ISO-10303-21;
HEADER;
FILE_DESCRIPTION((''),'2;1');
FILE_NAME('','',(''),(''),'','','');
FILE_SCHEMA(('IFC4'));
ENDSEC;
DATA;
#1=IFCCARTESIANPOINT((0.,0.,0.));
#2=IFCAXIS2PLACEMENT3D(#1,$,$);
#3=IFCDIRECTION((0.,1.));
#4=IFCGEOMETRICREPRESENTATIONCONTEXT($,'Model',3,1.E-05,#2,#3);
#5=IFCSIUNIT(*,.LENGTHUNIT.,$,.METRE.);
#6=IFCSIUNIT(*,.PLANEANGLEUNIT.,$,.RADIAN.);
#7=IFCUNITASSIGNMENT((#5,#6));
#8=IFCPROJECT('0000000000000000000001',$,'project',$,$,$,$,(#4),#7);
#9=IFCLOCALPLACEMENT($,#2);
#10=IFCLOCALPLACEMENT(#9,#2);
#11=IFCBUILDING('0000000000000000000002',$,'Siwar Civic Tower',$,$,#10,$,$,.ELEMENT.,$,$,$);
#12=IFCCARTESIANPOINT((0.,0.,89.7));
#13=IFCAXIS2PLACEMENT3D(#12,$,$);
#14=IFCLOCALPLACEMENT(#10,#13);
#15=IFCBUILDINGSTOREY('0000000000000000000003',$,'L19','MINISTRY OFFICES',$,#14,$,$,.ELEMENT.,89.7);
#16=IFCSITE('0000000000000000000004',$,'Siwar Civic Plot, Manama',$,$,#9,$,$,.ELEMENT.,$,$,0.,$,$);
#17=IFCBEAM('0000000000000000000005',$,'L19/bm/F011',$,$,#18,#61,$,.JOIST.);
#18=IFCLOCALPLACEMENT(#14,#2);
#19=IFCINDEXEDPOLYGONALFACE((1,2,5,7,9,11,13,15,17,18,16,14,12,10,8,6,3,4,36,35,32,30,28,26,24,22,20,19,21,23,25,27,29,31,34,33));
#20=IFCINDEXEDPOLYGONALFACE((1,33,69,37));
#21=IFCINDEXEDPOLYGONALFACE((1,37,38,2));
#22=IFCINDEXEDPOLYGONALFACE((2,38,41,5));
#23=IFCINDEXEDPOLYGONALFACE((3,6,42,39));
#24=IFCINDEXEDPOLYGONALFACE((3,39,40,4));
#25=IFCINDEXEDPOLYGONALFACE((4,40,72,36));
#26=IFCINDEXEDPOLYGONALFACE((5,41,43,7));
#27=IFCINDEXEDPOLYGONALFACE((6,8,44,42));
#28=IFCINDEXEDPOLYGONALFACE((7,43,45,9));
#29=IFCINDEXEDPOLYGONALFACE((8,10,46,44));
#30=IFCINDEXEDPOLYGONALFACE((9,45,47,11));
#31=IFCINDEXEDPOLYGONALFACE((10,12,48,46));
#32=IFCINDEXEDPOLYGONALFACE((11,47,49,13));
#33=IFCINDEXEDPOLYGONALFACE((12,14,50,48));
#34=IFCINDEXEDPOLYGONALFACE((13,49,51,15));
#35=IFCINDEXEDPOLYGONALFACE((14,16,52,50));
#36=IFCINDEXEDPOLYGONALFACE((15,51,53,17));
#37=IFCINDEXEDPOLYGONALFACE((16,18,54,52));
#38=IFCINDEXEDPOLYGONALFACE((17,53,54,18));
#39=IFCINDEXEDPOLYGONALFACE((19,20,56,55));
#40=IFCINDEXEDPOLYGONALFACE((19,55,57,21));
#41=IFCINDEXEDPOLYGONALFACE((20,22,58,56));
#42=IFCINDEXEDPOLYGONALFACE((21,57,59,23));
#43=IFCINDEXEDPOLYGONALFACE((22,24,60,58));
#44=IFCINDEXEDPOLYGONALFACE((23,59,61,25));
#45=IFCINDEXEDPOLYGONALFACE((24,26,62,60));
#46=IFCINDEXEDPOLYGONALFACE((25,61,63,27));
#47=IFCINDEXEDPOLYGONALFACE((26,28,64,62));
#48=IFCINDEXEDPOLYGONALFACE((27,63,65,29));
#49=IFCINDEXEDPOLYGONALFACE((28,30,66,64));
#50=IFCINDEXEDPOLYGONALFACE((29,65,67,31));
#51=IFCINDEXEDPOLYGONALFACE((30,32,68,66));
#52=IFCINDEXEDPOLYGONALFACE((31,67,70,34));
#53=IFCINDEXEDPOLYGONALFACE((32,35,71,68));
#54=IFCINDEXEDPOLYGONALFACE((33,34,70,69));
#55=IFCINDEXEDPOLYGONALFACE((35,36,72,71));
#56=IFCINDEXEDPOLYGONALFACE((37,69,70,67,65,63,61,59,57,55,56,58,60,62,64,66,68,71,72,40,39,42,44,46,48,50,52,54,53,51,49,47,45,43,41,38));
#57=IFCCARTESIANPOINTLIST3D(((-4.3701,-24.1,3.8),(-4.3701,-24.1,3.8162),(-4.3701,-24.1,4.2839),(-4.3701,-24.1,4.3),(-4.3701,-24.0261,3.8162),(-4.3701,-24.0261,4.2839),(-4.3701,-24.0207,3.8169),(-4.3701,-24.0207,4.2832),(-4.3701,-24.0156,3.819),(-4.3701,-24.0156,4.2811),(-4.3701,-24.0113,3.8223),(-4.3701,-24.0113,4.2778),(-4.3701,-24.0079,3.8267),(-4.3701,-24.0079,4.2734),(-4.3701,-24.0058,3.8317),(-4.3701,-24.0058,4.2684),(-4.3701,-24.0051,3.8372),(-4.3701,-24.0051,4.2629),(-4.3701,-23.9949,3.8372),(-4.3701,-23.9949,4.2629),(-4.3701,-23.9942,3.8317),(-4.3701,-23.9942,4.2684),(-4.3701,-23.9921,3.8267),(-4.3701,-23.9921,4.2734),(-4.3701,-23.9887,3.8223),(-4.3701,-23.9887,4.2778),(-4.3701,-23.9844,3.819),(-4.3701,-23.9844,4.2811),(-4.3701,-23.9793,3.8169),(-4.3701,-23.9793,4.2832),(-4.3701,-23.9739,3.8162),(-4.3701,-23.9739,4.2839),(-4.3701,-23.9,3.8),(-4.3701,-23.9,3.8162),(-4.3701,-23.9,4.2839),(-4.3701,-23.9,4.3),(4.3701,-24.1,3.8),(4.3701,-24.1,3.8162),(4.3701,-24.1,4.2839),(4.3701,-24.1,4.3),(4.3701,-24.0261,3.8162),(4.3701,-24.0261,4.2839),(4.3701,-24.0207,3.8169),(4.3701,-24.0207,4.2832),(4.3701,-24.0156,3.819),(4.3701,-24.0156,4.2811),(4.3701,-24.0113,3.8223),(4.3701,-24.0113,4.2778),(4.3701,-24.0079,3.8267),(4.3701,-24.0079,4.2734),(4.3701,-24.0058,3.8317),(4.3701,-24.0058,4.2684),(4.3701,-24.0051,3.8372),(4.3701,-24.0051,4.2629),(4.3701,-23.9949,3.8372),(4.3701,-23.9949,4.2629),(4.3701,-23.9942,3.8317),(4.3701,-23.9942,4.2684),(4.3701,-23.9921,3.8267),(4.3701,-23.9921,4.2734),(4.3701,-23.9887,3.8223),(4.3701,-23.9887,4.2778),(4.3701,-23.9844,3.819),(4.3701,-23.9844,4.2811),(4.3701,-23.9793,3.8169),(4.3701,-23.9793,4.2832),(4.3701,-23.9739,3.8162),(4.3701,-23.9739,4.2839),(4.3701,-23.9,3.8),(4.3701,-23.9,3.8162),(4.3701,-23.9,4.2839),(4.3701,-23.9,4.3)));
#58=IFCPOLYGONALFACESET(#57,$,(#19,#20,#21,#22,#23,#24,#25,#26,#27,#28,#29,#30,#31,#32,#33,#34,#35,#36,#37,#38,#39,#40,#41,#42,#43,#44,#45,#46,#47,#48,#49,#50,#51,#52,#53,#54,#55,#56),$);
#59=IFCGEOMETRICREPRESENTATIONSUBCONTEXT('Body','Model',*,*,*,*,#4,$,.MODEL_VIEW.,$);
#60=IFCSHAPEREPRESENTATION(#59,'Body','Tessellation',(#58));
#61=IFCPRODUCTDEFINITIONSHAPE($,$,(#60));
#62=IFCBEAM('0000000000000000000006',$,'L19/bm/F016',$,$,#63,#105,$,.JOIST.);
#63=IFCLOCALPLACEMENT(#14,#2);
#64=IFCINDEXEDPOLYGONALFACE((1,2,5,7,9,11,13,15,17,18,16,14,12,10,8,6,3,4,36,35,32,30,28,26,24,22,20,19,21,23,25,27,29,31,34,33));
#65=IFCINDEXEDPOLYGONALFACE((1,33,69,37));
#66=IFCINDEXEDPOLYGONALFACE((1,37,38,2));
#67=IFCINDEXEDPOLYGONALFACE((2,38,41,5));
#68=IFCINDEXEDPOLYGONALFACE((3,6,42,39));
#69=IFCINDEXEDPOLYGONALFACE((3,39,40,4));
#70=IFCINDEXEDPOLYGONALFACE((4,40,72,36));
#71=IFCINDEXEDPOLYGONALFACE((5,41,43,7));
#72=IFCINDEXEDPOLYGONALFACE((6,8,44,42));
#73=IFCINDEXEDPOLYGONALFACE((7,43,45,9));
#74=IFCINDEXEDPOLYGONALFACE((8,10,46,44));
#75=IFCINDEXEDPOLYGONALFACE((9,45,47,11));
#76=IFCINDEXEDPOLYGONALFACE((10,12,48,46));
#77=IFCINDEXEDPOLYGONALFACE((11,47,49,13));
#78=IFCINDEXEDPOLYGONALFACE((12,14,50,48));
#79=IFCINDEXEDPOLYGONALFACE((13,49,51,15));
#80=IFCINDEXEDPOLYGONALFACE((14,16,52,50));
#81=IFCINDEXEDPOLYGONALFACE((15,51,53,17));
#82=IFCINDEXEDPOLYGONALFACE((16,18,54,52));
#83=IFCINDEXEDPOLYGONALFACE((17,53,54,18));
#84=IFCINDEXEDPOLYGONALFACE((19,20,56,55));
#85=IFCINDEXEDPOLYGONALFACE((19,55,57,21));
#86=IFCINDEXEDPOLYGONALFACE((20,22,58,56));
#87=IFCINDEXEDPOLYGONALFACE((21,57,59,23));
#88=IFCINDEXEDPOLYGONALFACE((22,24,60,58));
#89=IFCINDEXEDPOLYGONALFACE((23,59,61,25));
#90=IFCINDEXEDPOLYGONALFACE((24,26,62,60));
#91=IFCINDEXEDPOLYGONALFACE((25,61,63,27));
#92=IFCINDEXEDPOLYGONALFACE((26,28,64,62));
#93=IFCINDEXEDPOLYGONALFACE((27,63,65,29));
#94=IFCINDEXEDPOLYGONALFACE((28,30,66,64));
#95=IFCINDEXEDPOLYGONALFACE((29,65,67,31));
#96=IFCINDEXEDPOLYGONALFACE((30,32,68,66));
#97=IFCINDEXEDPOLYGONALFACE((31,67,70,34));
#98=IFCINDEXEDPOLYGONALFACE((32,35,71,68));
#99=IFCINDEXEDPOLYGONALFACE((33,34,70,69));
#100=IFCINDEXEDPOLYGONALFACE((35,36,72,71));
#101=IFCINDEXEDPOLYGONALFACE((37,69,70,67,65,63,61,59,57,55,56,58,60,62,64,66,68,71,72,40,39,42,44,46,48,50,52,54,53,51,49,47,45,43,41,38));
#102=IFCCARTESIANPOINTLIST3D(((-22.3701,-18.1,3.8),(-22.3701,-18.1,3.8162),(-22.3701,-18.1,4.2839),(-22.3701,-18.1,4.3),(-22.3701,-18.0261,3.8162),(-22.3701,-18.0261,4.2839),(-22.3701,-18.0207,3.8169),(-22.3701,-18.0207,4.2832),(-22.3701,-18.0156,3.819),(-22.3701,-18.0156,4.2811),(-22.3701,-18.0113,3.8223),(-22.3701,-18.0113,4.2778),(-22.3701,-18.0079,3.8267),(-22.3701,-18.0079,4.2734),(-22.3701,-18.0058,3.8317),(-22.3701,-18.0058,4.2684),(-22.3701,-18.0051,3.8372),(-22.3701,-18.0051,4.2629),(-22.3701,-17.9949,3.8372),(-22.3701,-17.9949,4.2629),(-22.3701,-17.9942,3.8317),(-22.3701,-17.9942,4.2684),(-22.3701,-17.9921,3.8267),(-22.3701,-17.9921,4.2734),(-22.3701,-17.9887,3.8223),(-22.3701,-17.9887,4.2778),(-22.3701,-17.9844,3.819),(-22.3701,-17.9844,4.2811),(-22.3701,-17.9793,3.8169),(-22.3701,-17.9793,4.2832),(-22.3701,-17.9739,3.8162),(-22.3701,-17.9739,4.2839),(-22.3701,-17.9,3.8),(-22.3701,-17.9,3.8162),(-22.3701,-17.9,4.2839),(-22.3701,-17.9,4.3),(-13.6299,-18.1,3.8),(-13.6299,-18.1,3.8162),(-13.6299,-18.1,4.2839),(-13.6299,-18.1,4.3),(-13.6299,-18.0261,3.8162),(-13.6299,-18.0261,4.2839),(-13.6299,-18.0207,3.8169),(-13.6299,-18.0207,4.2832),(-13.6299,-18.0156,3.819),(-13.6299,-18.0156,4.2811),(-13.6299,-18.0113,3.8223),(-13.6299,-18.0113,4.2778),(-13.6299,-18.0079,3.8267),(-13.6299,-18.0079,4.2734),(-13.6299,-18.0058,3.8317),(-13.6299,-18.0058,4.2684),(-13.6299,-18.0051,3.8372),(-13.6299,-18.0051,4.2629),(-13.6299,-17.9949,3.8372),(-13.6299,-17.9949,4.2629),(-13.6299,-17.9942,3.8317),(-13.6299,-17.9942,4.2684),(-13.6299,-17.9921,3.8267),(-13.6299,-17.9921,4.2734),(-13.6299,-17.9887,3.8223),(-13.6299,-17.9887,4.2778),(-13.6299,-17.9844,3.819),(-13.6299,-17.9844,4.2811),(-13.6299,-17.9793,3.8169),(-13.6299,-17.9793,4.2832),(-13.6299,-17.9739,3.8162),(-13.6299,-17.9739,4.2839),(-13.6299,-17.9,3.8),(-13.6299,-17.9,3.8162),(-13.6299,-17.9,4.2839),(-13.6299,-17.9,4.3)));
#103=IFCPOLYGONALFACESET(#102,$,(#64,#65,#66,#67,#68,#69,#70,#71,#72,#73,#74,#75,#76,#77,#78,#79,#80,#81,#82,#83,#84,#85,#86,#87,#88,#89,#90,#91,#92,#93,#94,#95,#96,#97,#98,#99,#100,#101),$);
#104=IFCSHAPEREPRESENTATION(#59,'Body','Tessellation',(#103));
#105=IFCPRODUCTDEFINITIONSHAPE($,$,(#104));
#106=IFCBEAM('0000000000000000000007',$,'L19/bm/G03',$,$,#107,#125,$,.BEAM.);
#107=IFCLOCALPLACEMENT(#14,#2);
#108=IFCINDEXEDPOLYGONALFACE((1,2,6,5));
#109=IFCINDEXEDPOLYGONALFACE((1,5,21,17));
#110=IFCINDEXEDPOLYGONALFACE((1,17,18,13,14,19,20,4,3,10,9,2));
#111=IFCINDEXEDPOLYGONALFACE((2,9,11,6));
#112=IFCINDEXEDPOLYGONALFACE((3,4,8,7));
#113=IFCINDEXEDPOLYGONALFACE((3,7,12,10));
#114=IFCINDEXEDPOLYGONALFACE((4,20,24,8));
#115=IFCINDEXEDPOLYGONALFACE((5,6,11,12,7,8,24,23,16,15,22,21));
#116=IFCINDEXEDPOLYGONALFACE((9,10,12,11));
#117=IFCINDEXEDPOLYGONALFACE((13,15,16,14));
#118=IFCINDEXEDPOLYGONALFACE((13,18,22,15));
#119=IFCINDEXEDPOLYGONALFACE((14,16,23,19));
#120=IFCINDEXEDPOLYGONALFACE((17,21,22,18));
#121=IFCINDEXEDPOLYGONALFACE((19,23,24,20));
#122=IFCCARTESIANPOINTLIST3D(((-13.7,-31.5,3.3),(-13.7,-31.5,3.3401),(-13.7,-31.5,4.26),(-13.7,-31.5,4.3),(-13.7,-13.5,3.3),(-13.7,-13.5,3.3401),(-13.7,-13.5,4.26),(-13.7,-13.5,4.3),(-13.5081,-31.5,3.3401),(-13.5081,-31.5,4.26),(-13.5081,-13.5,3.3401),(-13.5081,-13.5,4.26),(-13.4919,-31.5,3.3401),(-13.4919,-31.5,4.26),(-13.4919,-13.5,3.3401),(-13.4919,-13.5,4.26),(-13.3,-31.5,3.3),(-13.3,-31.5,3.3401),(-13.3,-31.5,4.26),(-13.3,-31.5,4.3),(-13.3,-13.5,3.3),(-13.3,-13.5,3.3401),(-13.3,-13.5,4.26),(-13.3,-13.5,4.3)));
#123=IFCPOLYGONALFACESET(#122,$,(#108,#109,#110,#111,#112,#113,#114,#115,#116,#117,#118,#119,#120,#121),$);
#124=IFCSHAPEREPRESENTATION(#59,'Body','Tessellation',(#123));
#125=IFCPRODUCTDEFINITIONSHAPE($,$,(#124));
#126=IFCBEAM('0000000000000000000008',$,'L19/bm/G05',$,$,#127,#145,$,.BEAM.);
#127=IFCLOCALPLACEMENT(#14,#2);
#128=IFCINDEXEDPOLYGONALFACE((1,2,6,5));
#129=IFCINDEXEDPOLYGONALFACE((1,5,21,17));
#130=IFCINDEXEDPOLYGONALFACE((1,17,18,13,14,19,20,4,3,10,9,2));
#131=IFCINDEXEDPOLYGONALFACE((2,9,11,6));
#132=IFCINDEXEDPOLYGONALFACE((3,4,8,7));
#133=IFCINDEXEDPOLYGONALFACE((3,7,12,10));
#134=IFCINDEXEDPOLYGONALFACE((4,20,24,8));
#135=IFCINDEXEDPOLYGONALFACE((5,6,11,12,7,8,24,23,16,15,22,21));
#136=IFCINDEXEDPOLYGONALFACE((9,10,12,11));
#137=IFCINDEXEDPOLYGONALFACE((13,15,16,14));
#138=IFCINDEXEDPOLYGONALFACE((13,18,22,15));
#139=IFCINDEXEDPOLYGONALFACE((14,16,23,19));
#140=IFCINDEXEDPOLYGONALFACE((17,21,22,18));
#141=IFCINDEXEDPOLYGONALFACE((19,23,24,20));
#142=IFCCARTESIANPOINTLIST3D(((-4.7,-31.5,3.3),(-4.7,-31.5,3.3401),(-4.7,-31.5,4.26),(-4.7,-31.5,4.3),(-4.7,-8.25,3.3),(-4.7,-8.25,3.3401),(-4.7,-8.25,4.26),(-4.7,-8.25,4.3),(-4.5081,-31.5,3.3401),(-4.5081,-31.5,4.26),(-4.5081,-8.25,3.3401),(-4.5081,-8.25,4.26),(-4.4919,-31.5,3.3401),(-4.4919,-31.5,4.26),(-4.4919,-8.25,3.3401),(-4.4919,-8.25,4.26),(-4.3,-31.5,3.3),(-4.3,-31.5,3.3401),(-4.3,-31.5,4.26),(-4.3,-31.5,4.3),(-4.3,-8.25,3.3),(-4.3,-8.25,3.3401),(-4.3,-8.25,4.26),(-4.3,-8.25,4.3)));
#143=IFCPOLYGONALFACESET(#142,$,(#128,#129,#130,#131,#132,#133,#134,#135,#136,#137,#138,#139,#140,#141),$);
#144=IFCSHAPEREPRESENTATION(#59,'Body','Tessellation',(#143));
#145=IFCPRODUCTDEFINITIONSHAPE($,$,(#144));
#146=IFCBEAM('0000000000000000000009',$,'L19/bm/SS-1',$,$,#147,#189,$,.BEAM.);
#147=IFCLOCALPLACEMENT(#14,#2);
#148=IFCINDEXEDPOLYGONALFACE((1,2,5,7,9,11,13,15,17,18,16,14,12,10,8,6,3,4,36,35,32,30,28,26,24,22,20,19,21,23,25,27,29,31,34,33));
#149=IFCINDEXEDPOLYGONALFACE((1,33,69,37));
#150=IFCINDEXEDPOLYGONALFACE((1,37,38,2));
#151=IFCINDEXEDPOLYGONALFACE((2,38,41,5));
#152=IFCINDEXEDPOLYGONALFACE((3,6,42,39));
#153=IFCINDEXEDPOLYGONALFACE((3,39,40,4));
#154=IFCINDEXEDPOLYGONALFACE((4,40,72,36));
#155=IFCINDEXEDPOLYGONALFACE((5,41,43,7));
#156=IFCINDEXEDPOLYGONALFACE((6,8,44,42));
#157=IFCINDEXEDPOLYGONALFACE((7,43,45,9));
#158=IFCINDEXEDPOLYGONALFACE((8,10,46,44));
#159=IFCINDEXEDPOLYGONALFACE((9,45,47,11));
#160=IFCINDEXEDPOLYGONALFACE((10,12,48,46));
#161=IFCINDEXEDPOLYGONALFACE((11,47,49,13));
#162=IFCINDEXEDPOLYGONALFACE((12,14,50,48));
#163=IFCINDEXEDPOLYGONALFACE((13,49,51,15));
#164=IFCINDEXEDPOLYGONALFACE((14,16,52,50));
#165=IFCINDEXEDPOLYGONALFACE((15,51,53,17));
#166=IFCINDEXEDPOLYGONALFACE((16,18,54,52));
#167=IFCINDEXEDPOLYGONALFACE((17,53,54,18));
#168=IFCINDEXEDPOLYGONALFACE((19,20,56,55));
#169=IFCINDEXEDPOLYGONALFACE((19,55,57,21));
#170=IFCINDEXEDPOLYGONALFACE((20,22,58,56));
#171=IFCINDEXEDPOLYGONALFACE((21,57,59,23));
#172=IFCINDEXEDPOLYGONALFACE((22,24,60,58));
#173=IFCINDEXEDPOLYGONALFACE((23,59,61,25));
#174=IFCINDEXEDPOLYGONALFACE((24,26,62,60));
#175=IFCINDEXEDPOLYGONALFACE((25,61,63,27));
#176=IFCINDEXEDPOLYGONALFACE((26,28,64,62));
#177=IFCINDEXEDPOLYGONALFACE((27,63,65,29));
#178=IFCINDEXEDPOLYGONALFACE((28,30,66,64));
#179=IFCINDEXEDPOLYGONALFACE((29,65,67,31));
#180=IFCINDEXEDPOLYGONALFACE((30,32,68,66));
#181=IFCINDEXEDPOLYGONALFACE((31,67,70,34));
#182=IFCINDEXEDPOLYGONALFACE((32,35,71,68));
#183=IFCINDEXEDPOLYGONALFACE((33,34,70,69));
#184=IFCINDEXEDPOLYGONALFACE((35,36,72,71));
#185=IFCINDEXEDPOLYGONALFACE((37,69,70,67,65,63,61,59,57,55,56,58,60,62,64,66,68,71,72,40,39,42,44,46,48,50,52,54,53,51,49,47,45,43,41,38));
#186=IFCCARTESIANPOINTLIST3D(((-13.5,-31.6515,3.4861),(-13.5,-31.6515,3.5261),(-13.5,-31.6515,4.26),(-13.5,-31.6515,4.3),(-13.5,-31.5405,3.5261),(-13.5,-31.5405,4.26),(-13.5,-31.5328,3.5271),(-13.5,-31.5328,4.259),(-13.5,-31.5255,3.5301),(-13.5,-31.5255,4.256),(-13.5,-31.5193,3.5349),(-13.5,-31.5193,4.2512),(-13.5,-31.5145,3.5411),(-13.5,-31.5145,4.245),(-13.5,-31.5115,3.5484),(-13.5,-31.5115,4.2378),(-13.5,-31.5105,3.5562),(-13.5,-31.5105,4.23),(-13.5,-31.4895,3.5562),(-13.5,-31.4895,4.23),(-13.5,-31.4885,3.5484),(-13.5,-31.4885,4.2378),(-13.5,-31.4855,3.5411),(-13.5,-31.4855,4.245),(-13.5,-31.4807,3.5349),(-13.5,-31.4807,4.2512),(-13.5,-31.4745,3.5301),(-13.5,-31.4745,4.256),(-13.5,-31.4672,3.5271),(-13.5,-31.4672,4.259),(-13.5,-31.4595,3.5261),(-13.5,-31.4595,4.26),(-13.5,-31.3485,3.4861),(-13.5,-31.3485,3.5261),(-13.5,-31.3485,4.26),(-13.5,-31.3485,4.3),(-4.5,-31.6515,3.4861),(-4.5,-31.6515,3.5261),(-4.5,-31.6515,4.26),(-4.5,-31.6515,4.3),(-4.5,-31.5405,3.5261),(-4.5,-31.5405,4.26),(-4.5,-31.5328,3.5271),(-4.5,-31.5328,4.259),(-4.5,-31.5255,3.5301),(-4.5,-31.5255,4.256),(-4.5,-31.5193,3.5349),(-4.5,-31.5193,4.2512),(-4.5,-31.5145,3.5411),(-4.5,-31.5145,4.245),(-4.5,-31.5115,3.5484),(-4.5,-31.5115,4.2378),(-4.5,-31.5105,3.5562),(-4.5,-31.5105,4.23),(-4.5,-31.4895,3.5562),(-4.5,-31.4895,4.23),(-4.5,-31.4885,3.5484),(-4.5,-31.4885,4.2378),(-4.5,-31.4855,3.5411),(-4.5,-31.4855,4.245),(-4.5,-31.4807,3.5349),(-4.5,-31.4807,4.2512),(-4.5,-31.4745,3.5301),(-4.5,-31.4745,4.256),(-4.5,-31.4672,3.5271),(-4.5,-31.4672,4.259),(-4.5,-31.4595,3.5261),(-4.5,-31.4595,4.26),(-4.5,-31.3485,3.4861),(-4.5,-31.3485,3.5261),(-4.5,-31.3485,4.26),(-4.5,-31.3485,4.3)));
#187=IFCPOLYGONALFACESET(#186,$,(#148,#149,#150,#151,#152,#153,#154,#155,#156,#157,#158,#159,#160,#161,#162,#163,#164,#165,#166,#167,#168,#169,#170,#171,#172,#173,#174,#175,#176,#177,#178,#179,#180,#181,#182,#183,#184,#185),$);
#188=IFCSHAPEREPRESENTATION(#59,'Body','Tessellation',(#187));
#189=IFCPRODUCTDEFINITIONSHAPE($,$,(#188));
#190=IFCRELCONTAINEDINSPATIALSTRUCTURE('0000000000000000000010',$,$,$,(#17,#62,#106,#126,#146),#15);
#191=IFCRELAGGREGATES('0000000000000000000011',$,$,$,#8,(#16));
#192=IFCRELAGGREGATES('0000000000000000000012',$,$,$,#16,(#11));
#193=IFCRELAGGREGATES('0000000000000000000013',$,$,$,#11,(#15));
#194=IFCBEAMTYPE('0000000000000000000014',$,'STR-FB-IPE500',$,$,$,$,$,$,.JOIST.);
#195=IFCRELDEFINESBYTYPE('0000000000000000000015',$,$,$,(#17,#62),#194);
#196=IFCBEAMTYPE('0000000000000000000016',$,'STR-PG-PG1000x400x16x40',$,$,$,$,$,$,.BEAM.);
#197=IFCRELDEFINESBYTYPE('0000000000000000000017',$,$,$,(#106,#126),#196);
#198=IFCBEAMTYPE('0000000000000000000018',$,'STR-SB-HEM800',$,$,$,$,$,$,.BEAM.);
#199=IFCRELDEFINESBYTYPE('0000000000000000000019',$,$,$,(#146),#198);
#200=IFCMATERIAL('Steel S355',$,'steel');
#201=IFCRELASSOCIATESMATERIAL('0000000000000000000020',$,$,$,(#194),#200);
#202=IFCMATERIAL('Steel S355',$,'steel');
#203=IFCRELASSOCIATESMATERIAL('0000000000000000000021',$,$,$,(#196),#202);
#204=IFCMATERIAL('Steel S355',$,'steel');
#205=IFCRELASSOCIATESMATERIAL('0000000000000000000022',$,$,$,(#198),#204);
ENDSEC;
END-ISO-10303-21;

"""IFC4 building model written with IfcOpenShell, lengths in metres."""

from ifc_helpers import new_model, si_unit, direction, frame, origin, origin_2d, place, context, subcontext, project, spatial, i_section, extrude, material, material_profile, profile_set, type_object, element, save


model = new_model("IFC4")

# Units and contexts
model_context = context("Model", 3, precision=1e-05, world=origin(), true_north=direction((0.0, 1.0)))
body_context = subcontext(model_context, "Body", "Model", "MODEL_VIEW")
ifc_project = project(units=[si_unit("LENGTHUNIT", "METRE"), si_unit("PLANEANGLEUNIT", "RADIAN")], contexts=[model_context])

# Site, building, storey
site_placement = place(None, origin())
site = spatial("IfcSite", under=ifc_project, at=site_placement, Name="Siwar Civic Plot, Manama", CompositionType="ELEMENT", RefElevation=0.0)
building_placement = place(site_placement, origin())
building = spatial("IfcBuilding", under=site, at=building_placement, Name="Siwar Civic Tower", CompositionType="ELEMENT")
storey_placement = place(building_placement, frame((0.0, 0.0, 89.7)))
storey = spatial("IfcBuildingStorey", under=building, at=storey_placement, Name="L19", Description="MINISTRY OFFICES", CompositionType="ELEMENT", Elevation=89.7)

# Beams
ifc_material_1 = material(Name="Steel S355", Category="steel")
ifc_material_profile_1 = material_profile(ifc_material_1, i_section(OverallWidth=0.2, OverallDepth=0.5, WebThickness=0.0103, FlangeThickness=0.0161, FilletRadius=0.021, at=origin_2d()), Name="IPE500")
ifc_profile_set_1 = profile_set([ifc_material_profile_1], Name="Steel S355")
beam_type_1 = type_object("IfcBeamType", Name="STR-FB-IPE500", PredefinedType="JOIST", material=ifc_profile_set_1)
for number, where, z_axis, x_axis, name in (
    (1, (-4.3701, -24.0, 4.05), (1.0, 0.0, 0.0), (0.0, 1.0, 0.0), "L19/bm/F011"),
    (2, (-22.3701, -18.0, 4.05), (1.0, 0.0, 0.0), (0.0, 1.0, 0.0), "L19/bm/F016"),
):
    element("IfcBeam", number, at=place(storey_placement, frame(where, z_axis=z_axis, x_axis=x_axis)), inside=storey, type_object=beam_type_1, Name=name, PredefinedType="JOIST", context=body_context, shape_type="SweptSolid", body=[
        extrude(i_section(OverallWidth=0.2, OverallDepth=0.5, WebThickness=0.0103, FlangeThickness=0.0161, FilletRadius=0.021, at=origin_2d()), origin(), (0.0, 0.0, 1.0), 8.7402),
    ])
ifc_material_2 = material(Name="Steel S355", Category="steel")
ifc_material_profile_2 = material_profile(ifc_material_2, i_section(OverallWidth=0.3999, OverallDepth=1.0, WebThickness=0.0161, FlangeThickness=0.04, at=origin_2d()), Name="PG1000x400x16x40")
ifc_profile_set_2 = profile_set([ifc_material_profile_2], Name="Steel S355")
beam_type_2 = type_object("IfcBeamType", Name="STR-PG-PG1000x400x16x40", PredefinedType="BEAM", material=ifc_profile_set_2)
beam_1_placement = place(storey_placement, frame((-13.5, -31.5, 3.8), z_axis=(0.0, 1.0, 0.0), x_axis=(-1.0, 0.0, 0.0)))
element("IfcBeam", 3, at=beam_1_placement, inside=storey, type_object=beam_type_2, Name="L19/bm/G03", PredefinedType="BEAM", context=body_context, shape_type="SweptSolid", body=[
    extrude(i_section(OverallWidth=0.3999, OverallDepth=1.0, WebThickness=0.0161, FlangeThickness=0.04, at=origin_2d()), origin(), (0.0, 0.0, 1.0), 18.0),
])
beam_2_placement = place(storey_placement, frame((-4.5, -31.5, 3.8), z_axis=(0.0, 1.0, 0.0), x_axis=(-1.0, 0.0, 0.0)))
element("IfcBeam", 4, at=beam_2_placement, inside=storey, type_object=beam_type_2, Name="L19/bm/G05", PredefinedType="BEAM", context=body_context, shape_type="SweptSolid", body=[
    extrude(i_section(OverallWidth=0.3999, OverallDepth=1.0, WebThickness=0.0161, FlangeThickness=0.04, at=origin_2d()), origin(), (0.0, 0.0, 1.0), 23.25),
])
ifc_material_3 = material(Name="Steel S355", Category="steel")
ifc_material_profile_3 = material_profile(ifc_material_3, i_section(OverallWidth=0.303, OverallDepth=0.814, WebThickness=0.021, FlangeThickness=0.04, FilletRadius=0.03, at=origin_2d()), Name="HEM800")
ifc_profile_set_3 = profile_set([ifc_material_profile_3], Name="Steel S355")
beam_type_3 = type_object("IfcBeamType", Name="STR-SB-HEM800", PredefinedType="BEAM", material=ifc_profile_set_3)
for number, where, z_axis, x_axis, name in (
    (5, (-13.5, -31.5, 3.8931), (1.0, 0.0, 0.0), (0.0, 1.0, 0.0), "L19/bm/SS-1"),
):
    element("IfcBeam", number, at=place(storey_placement, frame(where, z_axis=z_axis, x_axis=x_axis)), inside=storey, type_object=beam_type_3, Name=name, PredefinedType="BEAM", context=body_context, shape_type="SweptSolid", body=[
        extrude(i_section(OverallWidth=0.303, OverallDepth=0.814, WebThickness=0.021, FlangeThickness=0.04, FilletRadius=0.03, at=origin_2d()), origin(), (0.0, 0.0, 1.0), 9.0),
    ])

save(model, "model.ifc")
